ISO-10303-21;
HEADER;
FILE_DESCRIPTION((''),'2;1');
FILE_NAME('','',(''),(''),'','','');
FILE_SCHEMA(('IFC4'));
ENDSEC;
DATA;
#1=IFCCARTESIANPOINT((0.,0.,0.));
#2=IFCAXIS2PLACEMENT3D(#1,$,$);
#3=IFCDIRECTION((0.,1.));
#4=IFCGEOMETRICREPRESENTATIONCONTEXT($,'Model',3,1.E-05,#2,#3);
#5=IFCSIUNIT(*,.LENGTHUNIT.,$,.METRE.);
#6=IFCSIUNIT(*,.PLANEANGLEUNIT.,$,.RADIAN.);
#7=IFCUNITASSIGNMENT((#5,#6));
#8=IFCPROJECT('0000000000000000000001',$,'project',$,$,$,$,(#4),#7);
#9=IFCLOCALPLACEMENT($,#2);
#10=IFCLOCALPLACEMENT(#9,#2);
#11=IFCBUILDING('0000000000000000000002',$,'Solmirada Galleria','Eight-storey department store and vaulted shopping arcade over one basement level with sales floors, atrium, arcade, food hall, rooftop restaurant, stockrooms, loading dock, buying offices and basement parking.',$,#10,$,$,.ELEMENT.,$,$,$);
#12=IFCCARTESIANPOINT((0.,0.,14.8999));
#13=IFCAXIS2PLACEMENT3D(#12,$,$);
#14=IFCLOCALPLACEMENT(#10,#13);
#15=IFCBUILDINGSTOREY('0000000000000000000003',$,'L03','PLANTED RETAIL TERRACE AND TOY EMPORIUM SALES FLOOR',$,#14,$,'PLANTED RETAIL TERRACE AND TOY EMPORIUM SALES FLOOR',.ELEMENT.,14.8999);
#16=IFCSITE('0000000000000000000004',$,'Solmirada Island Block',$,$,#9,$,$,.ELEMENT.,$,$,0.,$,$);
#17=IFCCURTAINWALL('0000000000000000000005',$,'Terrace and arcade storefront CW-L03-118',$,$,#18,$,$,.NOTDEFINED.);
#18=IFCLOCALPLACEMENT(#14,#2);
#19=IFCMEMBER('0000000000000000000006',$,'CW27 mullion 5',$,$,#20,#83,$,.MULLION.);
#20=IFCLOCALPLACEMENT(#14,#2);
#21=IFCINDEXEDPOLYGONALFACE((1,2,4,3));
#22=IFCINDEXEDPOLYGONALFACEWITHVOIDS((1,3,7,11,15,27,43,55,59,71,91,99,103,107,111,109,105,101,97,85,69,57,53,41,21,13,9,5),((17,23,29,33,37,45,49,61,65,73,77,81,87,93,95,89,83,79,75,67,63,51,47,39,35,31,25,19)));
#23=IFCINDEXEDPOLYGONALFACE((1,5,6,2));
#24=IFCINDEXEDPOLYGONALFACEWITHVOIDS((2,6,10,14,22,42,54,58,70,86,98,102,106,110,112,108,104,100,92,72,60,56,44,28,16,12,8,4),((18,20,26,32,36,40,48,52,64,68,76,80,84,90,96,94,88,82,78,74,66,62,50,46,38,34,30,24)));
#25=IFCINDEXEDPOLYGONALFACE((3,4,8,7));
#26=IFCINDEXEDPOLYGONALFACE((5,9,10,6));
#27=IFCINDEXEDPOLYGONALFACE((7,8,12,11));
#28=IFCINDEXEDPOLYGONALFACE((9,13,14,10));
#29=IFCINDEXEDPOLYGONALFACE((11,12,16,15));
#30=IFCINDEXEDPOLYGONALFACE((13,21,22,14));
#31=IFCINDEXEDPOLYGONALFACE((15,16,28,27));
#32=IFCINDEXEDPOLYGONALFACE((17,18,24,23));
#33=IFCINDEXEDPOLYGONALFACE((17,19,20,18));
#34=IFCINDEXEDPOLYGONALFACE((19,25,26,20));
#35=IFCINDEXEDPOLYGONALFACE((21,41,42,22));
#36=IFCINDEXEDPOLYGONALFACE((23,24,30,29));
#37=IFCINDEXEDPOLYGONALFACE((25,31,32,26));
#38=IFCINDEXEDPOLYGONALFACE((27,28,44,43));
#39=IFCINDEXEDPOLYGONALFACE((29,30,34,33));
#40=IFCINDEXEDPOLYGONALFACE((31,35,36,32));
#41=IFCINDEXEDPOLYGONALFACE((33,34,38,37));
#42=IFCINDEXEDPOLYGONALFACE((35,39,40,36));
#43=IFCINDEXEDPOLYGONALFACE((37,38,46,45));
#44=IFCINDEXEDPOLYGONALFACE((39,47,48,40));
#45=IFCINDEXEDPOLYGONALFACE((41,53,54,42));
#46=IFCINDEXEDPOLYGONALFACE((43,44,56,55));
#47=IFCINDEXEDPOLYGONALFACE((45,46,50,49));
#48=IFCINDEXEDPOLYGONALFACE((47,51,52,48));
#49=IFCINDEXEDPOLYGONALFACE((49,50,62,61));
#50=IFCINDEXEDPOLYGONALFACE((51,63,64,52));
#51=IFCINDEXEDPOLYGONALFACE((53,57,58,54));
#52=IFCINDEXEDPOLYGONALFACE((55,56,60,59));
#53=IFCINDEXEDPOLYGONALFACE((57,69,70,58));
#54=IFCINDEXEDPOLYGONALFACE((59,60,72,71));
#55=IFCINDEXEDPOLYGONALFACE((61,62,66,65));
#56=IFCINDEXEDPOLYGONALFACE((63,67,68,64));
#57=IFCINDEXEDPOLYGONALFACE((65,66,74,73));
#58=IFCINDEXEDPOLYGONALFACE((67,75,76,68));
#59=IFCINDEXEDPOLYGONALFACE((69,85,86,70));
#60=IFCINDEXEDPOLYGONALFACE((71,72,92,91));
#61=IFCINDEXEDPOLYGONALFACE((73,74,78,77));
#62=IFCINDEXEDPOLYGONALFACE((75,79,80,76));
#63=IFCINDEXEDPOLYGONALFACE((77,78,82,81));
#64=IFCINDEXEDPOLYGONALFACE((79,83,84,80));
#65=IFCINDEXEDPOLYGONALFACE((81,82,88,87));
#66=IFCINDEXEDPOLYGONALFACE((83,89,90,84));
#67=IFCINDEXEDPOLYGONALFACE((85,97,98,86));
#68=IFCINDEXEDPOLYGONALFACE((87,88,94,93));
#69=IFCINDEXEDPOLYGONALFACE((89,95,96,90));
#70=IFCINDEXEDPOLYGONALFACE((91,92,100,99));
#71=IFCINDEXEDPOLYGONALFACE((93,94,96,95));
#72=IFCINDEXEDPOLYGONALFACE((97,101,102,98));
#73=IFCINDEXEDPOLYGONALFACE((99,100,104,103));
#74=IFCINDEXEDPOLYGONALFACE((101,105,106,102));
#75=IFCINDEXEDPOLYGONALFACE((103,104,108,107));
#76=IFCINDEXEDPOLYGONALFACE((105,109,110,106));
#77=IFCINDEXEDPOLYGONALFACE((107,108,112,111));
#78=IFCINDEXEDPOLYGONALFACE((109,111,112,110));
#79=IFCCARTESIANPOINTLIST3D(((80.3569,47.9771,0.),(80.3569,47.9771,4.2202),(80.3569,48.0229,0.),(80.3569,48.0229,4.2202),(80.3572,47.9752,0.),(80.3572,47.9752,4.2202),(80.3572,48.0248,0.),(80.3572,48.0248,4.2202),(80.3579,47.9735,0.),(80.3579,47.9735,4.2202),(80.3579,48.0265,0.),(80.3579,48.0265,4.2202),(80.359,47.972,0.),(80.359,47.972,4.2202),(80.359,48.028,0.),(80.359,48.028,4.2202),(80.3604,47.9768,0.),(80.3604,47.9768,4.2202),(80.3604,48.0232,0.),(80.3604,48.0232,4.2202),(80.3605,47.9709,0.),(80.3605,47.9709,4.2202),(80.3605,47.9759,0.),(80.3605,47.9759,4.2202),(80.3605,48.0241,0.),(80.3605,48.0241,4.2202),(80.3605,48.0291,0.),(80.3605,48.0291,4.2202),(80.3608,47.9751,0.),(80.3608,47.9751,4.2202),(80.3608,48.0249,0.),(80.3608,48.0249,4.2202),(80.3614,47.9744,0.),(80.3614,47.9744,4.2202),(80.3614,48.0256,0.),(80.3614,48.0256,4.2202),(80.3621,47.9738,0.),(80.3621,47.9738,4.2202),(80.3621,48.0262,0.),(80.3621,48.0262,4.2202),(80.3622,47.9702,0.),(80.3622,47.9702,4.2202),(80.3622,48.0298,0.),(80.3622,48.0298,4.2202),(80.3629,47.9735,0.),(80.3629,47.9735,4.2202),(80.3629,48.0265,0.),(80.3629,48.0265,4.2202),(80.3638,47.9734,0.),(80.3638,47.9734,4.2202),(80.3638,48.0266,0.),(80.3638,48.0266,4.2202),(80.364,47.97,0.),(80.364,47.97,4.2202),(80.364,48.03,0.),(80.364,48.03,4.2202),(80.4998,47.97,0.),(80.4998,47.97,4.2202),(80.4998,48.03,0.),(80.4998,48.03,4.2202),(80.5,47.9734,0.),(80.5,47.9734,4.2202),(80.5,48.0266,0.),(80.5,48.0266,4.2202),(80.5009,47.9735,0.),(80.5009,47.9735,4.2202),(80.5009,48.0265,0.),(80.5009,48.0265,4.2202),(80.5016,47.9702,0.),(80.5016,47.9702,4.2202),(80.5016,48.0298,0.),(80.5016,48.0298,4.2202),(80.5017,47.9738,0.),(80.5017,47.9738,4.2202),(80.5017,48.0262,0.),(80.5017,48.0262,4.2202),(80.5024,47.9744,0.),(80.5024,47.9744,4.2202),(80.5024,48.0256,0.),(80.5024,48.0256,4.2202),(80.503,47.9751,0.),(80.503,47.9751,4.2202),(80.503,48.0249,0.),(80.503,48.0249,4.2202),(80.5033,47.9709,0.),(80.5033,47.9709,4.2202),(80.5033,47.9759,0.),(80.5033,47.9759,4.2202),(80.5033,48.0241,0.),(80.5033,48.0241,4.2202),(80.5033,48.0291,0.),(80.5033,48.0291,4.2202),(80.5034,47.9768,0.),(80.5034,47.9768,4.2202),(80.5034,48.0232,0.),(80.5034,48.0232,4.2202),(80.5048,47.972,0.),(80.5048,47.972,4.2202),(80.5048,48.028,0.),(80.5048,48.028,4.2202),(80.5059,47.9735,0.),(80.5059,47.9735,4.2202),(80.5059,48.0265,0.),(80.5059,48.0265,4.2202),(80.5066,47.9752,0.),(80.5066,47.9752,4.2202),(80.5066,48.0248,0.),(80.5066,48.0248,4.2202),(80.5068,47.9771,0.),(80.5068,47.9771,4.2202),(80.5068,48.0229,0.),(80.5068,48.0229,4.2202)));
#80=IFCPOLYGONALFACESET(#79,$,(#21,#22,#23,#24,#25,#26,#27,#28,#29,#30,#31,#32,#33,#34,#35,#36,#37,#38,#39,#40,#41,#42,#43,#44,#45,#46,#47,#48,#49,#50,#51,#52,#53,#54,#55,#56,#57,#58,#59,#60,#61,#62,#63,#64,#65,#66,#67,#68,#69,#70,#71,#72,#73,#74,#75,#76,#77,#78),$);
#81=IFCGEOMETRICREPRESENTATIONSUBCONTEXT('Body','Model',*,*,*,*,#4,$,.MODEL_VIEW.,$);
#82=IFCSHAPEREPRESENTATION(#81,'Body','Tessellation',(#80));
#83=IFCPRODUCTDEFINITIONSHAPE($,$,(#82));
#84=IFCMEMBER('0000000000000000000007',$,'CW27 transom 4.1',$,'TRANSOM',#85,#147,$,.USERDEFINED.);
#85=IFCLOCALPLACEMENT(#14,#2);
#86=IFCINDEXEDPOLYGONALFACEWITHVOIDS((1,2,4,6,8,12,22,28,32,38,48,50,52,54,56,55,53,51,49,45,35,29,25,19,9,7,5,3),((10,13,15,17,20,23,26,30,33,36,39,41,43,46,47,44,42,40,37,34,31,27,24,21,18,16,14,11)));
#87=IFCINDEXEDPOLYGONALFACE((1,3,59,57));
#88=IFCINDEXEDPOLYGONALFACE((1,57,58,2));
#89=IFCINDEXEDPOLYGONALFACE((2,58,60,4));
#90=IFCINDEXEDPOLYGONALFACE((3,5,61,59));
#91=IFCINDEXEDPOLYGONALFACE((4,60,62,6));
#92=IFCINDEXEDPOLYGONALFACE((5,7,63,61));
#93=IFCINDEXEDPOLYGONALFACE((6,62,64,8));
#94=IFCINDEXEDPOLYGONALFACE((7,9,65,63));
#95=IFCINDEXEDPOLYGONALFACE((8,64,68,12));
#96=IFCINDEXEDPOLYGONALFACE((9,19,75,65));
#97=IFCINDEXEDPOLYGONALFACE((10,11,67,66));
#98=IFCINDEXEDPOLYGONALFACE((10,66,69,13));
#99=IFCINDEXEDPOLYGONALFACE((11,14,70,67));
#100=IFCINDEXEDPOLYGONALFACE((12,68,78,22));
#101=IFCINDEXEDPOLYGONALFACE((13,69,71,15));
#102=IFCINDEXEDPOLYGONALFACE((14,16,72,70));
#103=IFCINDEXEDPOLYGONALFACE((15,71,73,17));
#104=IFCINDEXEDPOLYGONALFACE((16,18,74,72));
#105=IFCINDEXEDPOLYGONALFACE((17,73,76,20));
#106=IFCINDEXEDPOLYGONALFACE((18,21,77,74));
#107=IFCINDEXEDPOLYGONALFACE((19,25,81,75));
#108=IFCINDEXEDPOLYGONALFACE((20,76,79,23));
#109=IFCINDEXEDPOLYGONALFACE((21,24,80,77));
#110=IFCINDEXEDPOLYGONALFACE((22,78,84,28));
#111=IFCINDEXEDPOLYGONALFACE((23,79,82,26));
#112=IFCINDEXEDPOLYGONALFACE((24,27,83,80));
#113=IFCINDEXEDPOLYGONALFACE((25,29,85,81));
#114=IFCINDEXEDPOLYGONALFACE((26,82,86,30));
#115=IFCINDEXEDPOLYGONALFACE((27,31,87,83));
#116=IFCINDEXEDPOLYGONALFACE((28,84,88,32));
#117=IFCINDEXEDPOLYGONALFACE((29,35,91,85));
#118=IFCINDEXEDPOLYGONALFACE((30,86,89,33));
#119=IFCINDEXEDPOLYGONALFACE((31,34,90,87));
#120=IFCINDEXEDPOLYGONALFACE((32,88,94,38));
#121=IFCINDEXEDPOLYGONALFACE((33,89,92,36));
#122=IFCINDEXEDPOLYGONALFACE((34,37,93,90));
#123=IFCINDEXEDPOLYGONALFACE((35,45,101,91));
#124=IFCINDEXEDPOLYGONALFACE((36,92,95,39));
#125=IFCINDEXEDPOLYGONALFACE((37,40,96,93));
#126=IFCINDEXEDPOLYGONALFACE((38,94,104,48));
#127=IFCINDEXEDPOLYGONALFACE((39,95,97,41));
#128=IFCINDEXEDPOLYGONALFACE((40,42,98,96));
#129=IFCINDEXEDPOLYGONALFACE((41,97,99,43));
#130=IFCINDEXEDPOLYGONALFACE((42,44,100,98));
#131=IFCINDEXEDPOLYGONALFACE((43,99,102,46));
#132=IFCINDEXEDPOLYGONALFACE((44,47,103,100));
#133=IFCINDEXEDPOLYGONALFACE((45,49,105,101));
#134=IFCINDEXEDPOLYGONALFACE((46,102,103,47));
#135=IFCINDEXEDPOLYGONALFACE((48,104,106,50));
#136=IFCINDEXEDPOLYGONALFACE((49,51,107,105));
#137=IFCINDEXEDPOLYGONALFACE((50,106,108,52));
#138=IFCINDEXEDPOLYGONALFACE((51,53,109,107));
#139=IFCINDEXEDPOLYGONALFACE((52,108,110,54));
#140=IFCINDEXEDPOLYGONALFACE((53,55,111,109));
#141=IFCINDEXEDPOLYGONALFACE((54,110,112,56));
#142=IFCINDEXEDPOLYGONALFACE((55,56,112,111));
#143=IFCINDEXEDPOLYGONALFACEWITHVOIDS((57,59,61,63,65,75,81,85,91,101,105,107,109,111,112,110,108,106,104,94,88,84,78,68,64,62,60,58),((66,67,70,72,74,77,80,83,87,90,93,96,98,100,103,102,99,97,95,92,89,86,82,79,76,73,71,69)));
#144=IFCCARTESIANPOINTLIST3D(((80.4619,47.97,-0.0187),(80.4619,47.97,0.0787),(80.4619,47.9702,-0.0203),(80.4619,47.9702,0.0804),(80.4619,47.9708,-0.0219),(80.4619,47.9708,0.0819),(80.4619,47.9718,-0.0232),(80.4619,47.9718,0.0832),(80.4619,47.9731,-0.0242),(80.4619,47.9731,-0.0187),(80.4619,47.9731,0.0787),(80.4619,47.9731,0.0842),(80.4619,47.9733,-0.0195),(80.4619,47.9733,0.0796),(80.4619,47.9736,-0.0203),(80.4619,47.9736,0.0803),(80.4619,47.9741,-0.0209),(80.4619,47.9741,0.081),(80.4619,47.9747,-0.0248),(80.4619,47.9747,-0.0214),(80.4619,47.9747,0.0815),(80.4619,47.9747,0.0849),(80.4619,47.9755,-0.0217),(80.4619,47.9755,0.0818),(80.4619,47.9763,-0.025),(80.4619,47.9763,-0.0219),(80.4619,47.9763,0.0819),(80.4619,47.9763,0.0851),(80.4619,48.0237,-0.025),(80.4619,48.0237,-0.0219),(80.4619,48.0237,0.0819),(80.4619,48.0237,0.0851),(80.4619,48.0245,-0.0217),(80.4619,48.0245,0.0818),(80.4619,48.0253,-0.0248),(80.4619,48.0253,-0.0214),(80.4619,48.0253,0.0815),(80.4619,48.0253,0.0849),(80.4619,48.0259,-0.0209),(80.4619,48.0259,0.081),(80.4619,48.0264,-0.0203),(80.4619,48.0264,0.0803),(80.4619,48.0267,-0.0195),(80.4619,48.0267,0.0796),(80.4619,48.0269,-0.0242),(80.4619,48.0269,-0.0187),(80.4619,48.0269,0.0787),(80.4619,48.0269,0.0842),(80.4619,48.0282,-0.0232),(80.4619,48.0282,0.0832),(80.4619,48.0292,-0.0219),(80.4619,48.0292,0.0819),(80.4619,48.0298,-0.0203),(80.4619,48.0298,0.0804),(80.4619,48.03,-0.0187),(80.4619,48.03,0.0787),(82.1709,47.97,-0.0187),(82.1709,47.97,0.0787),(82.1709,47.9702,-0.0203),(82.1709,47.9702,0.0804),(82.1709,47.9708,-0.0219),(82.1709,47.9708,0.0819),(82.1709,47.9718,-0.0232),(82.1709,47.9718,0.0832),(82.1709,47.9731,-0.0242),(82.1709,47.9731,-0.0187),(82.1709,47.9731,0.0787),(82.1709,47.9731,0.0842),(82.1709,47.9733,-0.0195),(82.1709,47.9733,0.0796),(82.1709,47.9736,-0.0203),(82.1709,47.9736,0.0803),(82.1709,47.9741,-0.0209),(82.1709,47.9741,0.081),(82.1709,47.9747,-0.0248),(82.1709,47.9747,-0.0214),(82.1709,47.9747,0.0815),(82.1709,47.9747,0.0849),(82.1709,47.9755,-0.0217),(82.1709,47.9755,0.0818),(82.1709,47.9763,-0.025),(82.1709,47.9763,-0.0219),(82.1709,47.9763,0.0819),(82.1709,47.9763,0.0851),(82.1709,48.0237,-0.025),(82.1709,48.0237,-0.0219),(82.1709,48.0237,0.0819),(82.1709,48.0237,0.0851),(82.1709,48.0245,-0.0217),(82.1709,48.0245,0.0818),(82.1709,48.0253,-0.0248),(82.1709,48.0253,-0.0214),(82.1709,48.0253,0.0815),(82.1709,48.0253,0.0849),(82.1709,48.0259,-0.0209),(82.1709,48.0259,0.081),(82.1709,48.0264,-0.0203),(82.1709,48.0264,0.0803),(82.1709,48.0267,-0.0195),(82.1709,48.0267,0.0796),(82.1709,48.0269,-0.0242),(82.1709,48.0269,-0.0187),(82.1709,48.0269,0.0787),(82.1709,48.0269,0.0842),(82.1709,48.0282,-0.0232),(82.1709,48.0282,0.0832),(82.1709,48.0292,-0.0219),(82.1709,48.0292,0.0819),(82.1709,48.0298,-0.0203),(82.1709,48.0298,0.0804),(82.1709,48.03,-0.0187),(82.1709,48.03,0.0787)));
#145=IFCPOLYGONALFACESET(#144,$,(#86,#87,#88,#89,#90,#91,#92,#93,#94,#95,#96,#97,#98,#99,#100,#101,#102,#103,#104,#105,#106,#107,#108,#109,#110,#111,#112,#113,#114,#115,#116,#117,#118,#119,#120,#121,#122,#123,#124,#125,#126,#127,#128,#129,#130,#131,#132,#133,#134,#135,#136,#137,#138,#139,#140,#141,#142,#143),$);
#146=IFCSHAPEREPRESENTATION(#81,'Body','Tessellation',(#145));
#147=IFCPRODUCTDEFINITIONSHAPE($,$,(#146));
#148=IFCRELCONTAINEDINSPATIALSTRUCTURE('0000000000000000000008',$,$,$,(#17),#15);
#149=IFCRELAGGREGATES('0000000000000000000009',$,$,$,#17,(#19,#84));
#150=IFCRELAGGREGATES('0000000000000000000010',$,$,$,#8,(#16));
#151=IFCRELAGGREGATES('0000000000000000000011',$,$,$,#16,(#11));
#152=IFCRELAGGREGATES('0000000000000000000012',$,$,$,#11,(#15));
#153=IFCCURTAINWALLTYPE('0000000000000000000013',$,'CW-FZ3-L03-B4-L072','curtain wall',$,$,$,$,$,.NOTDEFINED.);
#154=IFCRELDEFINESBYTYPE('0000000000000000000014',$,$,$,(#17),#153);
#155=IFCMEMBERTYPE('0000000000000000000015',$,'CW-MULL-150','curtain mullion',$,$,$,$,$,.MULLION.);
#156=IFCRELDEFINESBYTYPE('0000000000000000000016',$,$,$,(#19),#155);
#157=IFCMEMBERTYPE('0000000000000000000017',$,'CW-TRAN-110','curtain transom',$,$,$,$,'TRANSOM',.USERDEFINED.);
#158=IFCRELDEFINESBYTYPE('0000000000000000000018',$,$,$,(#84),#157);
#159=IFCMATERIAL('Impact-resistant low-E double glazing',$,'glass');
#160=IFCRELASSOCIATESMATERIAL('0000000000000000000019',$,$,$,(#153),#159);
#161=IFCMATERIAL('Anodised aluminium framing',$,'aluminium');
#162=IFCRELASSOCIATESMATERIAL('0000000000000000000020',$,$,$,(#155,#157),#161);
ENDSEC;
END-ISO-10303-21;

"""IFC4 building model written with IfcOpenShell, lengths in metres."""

from ifc_helpers import new_model, si_unit, direction, frame, origin, origin_2d, place, context, subcontext, project, spatial, hollow_rectangle, extrude, material, material_profile, profile_set, type_object, element, aggregate, save


model = new_model("IFC4")

# Units and contexts
model_context = context("Model", 3, precision=1e-05, world=origin(), true_north=direction((0.0, 1.0)))
body_context = subcontext(model_context, "Body", "Model", "MODEL_VIEW")
ifc_project = project(units=[si_unit("LENGTHUNIT", "METRE"), si_unit("PLANEANGLEUNIT", "RADIAN")], contexts=[model_context])

# Site, building, storey
site_placement = place(None, origin())
site = spatial("IfcSite", under=ifc_project, at=site_placement, Name="Solmirada Island Block", CompositionType="ELEMENT", RefElevation=0.0)
building_placement = place(site_placement, origin())
building = spatial("IfcBuilding", under=site, at=building_placement, Name="Solmirada Galleria", Description="Eight-storey department store and vaulted shopping arcade over one basement level with sales floors, atrium, arcade, food hall, rooftop restaurant, stockrooms, loading dock, buying offices and basement parking.", CompositionType="ELEMENT")
storey_placement = place(building_placement, frame((0.0, 0.0, 14.8999)))
storey = spatial("IfcBuildingStorey", under=building, at=storey_placement, Name="L03", Description="PLANTED RETAIL TERRACE AND TOY EMPORIUM SALES FLOOR", LongName="PLANTED RETAIL TERRACE AND TOY EMPORIUM SALES FLOOR", CompositionType="ELEMENT", Elevation=14.8999)

# Curtain wall, members
ifc_material_1 = material(Name="Impact-resistant low-E double glazing", Category="glass")
curtain_wall_type = type_object("IfcCurtainWallType", Name="CW-FZ3-L03-B4-L072", Description="curtain wall", PredefinedType="NOTDEFINED", material=ifc_material_1)
curtain_wall_placement = place(storey_placement, origin())
curtain_wall = element("IfcCurtainWall", 1, at=curtain_wall_placement, inside=storey, type_object=curtain_wall_type, Name="Terrace and arcade storefront CW-L03-118", PredefinedType="NOTDEFINED")
ifc_material_2 = material(Name="Anodised aluminium framing", Category="aluminium")
ifc_material_profile_1 = material_profile(ifc_material_2, hollow_rectangle(XDim=0.0601, YDim=0.1499, WallThickness=0.0034, InnerFilletRadius=0.0034, OuterFilletRadius=0.0071, at=origin_2d()), Name="ALU-MULL-150X60")
ifc_profile_set_1 = profile_set([ifc_material_profile_1], Name="Anodised aluminium framing")
member_type_1 = type_object("IfcMemberType", Name="CW-MULL-150", Description="curtain mullion", PredefinedType="MULLION", material=ifc_profile_set_1)
member_1_placement = place(storey_placement, frame((80.4319, 48.0, 0.0), z_axis=(0.0, 0.0, 1.0), x_axis=(0.0, -1.0, 0.0)))
member_1 = element("IfcMember", 2, at=member_1_placement, type_object=member_type_1, Name="CW27 mullion 5", PredefinedType="MULLION", context=body_context, shape_type="SweptSolid", body=[
    extrude(hollow_rectangle(XDim=0.0601, YDim=0.1499, WallThickness=0.0034, InnerFilletRadius=0.0034, OuterFilletRadius=0.0071, at=origin_2d()), origin(), (0.0, 0.0, 1.0), 4.2202),
])
ifc_material_profile_2 = material_profile(ifc_material_2, hollow_rectangle(XDim=0.0601, YDim=0.1101, WallThickness=0.0032, InnerFilletRadius=0.0032, OuterFilletRadius=0.0063, at=origin_2d()), Name="ALU-TRAN-110X60")
ifc_profile_set_2 = profile_set([ifc_material_profile_2], Name="Anodised aluminium framing")
member_type_2 = type_object("IfcMemberType", Name="CW-TRAN-110", Description="curtain transom", ElementType="TRANSOM", PredefinedType="USERDEFINED", material=ifc_profile_set_2)
member_2_placement = place(storey_placement, frame((82.1709, 48.0, 0.03), z_axis=(-1.0, 0.0, 0.0), x_axis=(0.0, -1.0, 0.0)))
member_2 = element("IfcMember", 3, at=member_2_placement, type_object=member_type_2, Name="CW27 transom 4.1", ObjectType="TRANSOM", PredefinedType="USERDEFINED", context=body_context, shape_type="SweptSolid", body=[
    extrude(hollow_rectangle(XDim=0.0601, YDim=0.1101, WallThickness=0.0032, InnerFilletRadius=0.0032, OuterFilletRadius=0.0063, at=origin_2d()), origin(), (0.0, 0.0, 1.0), 1.709),
])
aggregate(curtain_wall, [member_1, member_2])

save(model, "model.ifc")
